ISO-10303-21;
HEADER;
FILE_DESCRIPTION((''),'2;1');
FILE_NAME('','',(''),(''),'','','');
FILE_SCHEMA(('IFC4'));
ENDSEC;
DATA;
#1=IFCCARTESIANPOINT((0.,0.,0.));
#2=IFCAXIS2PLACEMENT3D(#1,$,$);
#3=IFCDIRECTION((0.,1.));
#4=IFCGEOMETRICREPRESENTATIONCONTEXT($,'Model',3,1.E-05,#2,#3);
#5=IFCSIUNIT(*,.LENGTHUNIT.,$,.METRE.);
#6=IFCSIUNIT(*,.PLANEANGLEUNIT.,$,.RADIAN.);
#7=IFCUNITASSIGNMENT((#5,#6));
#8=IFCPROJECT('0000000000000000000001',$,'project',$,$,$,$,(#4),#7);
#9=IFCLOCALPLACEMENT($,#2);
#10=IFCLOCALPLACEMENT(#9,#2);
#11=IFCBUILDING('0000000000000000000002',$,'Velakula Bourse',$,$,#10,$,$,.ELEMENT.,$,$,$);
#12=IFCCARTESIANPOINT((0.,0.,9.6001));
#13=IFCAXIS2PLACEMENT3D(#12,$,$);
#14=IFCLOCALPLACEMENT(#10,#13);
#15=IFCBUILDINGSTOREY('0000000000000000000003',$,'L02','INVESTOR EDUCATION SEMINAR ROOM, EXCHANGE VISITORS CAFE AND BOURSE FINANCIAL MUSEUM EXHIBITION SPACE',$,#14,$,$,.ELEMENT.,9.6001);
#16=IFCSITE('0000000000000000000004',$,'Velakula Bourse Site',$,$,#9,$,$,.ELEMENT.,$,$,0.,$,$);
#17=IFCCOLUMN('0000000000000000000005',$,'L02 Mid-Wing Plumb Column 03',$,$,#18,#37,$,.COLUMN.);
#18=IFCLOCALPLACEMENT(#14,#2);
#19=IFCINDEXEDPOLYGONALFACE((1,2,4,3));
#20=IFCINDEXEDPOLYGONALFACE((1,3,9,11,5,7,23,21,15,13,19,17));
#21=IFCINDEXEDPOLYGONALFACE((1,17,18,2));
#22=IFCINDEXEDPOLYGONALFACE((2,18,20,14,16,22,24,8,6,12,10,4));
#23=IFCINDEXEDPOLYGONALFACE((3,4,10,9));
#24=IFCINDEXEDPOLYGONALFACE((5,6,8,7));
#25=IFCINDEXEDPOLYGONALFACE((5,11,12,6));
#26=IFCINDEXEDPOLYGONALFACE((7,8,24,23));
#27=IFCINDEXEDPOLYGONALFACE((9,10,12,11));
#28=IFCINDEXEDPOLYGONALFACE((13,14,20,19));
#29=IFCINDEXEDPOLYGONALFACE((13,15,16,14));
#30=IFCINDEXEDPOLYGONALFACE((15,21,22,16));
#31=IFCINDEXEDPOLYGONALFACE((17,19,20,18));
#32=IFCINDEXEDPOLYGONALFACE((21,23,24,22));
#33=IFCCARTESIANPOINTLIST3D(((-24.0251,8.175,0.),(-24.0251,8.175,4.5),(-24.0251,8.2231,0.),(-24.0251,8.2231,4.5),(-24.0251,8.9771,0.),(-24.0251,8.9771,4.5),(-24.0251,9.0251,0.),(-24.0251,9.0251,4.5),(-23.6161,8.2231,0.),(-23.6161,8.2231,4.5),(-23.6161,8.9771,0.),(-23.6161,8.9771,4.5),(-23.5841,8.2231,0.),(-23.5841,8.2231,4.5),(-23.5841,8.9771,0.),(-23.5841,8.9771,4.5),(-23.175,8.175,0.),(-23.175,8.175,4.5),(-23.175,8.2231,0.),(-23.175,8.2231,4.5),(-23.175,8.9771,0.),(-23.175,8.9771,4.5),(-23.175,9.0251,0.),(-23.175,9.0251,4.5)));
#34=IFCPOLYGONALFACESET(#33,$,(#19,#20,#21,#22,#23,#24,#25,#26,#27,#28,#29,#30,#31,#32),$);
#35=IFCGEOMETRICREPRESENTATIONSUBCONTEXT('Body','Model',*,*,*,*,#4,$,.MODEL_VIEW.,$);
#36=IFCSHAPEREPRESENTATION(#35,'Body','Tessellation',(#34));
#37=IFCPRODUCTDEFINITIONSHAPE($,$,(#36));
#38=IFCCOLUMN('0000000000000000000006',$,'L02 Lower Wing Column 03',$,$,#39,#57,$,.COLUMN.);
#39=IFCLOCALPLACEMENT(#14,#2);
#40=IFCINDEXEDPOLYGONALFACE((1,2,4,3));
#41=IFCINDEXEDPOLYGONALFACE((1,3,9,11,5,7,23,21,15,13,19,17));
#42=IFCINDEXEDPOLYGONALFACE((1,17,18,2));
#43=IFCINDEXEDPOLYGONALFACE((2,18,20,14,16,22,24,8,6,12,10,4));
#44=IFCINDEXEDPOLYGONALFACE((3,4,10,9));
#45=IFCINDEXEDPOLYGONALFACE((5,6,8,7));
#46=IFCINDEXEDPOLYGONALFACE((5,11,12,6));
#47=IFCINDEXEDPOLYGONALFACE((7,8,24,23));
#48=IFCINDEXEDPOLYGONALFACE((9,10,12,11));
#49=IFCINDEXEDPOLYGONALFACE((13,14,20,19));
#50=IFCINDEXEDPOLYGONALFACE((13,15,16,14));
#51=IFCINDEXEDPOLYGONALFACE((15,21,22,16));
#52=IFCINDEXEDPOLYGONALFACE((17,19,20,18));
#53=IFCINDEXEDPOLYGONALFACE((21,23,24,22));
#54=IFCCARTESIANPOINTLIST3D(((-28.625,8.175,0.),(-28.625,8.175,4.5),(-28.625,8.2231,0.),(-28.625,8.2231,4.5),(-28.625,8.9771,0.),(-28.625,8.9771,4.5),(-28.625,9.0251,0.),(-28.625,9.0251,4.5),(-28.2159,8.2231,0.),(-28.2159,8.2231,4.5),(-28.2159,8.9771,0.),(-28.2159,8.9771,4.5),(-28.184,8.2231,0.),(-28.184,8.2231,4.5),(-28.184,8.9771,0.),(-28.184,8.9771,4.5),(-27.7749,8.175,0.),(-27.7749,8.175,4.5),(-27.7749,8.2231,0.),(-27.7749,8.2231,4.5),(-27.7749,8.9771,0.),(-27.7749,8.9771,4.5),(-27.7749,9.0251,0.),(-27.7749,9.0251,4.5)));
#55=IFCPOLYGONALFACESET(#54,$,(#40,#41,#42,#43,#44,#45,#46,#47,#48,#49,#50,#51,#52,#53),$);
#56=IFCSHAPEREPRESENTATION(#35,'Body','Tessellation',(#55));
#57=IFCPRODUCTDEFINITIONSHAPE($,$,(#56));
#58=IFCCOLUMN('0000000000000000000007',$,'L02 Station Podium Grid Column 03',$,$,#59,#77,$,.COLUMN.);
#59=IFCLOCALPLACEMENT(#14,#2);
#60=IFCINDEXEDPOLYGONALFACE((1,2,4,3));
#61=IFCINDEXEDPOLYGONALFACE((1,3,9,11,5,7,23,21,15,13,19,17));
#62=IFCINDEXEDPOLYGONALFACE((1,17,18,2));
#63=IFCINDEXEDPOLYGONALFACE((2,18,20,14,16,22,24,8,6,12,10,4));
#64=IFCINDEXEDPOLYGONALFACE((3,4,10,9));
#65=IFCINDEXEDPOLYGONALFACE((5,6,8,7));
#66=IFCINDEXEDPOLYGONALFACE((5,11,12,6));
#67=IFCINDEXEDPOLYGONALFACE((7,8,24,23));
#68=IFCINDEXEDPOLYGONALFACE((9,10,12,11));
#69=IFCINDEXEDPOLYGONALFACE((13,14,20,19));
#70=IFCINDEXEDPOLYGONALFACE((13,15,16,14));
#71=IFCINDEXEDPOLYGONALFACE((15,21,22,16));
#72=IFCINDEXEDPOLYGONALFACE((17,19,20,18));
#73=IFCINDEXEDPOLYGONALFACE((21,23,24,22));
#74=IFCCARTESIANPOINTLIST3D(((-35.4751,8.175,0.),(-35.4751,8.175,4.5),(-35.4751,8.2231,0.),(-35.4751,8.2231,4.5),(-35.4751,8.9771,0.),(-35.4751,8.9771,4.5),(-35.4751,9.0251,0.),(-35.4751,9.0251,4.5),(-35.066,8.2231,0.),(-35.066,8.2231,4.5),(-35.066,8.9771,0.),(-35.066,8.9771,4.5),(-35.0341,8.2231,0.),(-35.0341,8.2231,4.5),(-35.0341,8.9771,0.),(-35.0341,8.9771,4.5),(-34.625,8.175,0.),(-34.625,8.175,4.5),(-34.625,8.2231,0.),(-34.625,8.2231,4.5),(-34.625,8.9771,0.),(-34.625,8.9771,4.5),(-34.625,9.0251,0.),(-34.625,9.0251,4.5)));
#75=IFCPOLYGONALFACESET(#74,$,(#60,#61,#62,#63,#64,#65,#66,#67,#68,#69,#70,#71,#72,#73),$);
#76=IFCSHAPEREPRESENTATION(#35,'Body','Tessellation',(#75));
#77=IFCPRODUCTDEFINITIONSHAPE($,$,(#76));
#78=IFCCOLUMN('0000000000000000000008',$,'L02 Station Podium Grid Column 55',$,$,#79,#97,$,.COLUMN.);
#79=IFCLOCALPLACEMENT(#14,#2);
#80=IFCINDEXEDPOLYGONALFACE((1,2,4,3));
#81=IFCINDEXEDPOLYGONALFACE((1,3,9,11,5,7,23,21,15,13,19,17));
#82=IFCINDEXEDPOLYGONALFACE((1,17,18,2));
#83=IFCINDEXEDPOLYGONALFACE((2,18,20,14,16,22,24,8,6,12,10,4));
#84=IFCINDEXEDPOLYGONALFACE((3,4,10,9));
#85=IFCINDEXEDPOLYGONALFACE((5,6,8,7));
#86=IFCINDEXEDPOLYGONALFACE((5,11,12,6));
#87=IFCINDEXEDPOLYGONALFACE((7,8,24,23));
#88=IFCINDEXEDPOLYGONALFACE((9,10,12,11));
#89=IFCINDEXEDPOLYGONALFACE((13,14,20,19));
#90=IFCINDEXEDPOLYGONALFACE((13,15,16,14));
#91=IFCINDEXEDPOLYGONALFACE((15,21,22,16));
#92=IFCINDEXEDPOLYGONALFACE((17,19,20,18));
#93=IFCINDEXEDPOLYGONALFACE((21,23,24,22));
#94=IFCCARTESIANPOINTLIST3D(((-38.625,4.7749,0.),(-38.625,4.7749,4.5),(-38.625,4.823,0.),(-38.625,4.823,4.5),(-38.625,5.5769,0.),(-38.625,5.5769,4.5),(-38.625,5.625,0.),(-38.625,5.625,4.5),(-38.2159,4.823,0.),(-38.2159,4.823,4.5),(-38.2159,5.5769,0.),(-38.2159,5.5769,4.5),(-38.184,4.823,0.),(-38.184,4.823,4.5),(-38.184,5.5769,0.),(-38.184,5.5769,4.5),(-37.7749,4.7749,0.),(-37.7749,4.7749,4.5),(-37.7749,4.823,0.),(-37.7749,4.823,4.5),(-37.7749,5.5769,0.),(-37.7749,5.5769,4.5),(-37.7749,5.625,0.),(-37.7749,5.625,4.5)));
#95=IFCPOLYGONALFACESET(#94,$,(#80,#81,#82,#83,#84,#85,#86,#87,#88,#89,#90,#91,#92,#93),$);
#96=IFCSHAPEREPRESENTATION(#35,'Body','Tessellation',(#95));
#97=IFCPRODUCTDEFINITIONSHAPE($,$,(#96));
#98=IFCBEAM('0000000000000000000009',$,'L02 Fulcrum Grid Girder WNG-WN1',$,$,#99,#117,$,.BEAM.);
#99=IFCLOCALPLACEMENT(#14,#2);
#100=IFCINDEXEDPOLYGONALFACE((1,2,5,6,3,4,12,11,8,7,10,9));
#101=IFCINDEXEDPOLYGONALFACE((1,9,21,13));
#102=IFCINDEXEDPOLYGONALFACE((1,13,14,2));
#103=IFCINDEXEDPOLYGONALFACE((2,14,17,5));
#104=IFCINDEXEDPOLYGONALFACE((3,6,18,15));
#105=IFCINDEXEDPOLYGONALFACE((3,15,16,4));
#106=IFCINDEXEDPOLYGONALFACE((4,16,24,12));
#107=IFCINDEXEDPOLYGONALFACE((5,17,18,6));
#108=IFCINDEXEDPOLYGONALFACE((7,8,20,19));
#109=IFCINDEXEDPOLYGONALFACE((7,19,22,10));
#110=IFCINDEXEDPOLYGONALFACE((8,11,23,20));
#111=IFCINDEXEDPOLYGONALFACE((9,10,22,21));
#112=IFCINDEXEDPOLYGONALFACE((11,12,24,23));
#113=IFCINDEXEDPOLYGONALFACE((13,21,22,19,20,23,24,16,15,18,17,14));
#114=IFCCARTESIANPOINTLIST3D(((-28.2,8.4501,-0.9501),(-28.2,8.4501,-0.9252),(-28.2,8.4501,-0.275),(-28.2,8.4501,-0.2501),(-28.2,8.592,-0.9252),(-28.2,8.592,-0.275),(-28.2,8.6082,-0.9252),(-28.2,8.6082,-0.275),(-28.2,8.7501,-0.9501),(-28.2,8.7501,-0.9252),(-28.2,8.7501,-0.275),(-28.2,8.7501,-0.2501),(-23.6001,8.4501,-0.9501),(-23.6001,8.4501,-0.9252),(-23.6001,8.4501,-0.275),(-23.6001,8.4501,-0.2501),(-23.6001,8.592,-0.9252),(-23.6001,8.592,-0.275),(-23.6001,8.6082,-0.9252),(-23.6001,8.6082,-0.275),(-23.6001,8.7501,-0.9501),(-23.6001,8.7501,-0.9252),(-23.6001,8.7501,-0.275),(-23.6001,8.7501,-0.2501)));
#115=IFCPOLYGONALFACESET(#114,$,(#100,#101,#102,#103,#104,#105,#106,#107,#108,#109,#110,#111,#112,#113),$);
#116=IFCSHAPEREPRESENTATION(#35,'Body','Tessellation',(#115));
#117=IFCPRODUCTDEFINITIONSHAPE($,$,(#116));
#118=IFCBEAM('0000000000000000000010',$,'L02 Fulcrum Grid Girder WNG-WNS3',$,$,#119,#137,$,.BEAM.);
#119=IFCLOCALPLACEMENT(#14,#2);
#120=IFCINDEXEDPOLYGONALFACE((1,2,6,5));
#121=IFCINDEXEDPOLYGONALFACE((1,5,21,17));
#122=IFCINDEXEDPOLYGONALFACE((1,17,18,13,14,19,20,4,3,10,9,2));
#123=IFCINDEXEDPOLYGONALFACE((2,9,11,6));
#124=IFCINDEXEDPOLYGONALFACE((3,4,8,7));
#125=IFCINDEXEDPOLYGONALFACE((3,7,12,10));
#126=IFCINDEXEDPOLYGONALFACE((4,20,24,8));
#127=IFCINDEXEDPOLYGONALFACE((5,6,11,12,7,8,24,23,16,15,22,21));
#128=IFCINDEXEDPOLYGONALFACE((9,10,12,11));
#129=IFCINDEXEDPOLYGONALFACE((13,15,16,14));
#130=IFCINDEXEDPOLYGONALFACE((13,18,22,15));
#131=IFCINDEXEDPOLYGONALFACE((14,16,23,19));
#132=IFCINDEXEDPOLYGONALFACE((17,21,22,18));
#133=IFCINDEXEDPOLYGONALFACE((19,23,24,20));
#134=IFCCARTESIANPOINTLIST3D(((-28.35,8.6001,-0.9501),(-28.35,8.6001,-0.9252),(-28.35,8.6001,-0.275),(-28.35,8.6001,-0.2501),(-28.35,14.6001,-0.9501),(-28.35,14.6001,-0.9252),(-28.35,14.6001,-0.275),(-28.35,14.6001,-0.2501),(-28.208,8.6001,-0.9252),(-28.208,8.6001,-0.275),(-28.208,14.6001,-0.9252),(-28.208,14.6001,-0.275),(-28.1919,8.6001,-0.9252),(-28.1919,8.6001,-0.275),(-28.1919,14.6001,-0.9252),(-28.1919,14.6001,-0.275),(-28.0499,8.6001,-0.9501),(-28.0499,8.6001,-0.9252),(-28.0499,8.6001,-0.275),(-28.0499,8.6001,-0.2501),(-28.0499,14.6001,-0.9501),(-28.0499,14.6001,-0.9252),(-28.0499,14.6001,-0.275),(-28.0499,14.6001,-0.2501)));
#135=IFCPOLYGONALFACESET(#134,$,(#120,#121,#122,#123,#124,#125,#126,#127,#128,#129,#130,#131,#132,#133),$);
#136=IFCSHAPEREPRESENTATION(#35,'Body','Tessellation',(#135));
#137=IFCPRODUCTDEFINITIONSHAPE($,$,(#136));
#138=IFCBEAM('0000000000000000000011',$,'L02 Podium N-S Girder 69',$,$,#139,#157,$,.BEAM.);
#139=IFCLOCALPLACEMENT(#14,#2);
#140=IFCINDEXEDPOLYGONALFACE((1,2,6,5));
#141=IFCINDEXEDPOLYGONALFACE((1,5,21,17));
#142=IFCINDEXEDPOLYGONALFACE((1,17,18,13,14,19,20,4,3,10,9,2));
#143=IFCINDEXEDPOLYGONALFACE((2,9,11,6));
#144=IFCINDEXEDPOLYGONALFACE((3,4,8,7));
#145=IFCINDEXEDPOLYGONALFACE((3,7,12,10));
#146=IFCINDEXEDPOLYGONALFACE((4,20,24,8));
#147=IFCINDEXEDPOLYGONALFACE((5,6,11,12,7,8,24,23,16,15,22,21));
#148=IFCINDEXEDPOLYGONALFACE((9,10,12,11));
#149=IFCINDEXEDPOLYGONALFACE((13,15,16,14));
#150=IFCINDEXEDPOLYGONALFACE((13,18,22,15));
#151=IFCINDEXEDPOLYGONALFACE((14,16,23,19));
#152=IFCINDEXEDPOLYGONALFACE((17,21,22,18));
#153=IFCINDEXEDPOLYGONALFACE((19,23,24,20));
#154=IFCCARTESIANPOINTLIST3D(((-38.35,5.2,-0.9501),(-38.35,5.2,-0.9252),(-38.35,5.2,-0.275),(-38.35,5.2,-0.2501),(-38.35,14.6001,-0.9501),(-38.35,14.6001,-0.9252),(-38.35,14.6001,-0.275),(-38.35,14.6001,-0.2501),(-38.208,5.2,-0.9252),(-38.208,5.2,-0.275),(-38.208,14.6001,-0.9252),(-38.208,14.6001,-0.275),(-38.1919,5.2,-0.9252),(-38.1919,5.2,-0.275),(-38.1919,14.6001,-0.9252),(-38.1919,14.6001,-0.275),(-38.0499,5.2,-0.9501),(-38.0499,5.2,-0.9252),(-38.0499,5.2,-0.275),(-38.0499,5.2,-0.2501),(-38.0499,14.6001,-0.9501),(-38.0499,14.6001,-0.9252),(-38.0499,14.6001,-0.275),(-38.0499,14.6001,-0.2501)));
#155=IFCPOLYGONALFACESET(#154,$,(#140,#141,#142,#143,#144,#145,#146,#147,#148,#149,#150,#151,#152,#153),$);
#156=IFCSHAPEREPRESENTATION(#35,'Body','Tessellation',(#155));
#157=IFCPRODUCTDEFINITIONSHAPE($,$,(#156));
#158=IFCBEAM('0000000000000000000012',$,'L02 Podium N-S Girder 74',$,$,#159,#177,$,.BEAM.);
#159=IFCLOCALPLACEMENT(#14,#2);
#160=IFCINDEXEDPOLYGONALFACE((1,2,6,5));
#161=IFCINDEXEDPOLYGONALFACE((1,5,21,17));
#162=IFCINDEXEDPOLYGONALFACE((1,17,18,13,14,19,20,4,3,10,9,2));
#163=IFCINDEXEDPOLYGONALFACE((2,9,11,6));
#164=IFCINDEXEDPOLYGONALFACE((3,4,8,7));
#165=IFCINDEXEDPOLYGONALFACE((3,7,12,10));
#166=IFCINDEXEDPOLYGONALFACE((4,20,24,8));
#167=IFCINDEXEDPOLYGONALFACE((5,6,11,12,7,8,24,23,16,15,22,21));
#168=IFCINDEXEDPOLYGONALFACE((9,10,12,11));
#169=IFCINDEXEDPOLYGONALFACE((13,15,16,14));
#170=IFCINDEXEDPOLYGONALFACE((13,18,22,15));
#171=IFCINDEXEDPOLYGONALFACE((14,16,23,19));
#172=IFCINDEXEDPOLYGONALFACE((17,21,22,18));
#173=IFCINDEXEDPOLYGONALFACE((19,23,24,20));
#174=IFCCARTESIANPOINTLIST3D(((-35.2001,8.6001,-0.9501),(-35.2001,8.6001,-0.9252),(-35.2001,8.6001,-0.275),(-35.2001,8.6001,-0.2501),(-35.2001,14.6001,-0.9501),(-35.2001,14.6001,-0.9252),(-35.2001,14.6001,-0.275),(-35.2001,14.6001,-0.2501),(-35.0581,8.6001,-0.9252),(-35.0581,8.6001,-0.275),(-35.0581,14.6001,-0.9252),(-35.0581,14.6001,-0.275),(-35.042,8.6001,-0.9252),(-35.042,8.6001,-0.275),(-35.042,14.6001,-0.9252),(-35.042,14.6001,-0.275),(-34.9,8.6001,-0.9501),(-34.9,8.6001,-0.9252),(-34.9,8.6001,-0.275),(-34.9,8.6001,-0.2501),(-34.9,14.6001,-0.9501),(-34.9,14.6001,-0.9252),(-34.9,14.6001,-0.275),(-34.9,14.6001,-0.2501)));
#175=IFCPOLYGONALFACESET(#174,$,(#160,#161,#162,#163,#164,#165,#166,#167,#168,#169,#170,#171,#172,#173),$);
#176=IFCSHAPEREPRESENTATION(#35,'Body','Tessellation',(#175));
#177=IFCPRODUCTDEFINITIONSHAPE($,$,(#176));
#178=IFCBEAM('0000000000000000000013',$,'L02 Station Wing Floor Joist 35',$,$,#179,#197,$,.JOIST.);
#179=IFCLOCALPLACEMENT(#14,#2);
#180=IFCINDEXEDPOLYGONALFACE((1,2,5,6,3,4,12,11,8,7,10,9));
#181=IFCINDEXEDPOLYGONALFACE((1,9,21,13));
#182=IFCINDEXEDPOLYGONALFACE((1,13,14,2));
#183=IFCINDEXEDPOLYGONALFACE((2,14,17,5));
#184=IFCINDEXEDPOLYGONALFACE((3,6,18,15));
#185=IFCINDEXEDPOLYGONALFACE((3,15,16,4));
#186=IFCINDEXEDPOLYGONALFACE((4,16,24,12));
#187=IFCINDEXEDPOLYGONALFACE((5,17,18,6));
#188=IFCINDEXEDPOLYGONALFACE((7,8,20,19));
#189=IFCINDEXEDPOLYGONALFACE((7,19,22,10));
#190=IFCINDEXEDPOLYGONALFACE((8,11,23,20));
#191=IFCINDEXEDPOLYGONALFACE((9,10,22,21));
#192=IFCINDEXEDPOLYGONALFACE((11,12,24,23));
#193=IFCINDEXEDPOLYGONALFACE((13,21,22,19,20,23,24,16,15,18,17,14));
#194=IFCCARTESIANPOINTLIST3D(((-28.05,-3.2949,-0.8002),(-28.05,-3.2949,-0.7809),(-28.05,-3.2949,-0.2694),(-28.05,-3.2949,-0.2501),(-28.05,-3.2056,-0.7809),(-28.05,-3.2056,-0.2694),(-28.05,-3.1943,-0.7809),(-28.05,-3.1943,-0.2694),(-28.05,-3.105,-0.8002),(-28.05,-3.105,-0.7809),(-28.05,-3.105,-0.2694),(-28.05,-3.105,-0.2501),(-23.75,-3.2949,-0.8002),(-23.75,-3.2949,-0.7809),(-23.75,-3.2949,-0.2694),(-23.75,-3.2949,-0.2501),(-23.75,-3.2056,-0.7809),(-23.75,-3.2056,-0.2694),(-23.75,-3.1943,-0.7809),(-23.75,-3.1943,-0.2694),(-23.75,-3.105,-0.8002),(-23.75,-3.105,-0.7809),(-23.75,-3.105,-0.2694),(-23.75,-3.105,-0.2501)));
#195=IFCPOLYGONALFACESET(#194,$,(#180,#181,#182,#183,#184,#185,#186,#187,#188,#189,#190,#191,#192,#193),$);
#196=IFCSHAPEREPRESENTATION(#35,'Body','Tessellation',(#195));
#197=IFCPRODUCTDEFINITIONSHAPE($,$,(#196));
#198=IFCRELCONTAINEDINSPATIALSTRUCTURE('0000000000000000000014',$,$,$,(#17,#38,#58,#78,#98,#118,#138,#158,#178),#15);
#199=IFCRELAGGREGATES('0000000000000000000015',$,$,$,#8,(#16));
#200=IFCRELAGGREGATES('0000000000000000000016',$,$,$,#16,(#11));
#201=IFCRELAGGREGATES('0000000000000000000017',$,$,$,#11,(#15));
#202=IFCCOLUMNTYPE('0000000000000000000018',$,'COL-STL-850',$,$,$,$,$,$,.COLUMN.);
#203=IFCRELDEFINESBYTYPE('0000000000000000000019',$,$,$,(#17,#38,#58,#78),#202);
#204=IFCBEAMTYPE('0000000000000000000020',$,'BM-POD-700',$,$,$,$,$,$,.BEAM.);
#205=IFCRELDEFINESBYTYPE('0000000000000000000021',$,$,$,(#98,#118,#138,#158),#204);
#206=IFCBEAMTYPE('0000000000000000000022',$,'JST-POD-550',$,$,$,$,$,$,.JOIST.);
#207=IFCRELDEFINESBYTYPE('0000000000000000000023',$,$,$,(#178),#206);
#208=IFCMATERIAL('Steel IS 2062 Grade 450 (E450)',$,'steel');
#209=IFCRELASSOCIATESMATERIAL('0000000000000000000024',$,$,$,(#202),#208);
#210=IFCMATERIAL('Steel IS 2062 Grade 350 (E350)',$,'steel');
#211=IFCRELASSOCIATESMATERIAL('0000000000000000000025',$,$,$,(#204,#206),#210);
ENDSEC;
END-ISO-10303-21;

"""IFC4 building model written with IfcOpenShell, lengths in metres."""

from ifc_helpers import new_model, si_unit, direction, frame, origin, origin_2d, place, context, subcontext, project, spatial, i_section, extrude, material, material_profile, profile_set, type_object, element, save


model = new_model("IFC4")

# Units and contexts
model_context = context("Model", 3, precision=1e-05, world=origin(), true_north=direction((0.0, 1.0)))
body_context = subcontext(model_context, "Body", "Model", "MODEL_VIEW")
ifc_project = project(units=[si_unit("LENGTHUNIT", "METRE"), si_unit("PLANEANGLEUNIT", "RADIAN")], contexts=[model_context])

# Site, building, storey
site_placement = place(None, origin())
site = spatial("IfcSite", under=ifc_project, at=site_placement, Name="Velakula Bourse Site", CompositionType="ELEMENT", RefElevation=0.0)
building_placement = place(site_placement, origin())
building = spatial("IfcBuilding", under=site, at=building_placement, Name="Velakula Bourse", CompositionType="ELEMENT")
storey_placement = place(building_placement, frame((0.0, 0.0, 9.6001)))
storey = spatial("IfcBuildingStorey", under=building, at=storey_placement, Name="L02", Description="INVESTOR EDUCATION SEMINAR ROOM, EXCHANGE VISITORS CAFE AND BOURSE FINANCIAL MUSEUM EXHIBITION SPACE", CompositionType="ELEMENT", Elevation=9.6001)

# Columns
ifc_material_1 = material(Name="Steel IS 2062 Grade 450 (E450)", Category="steel")
ifc_material_profile_1 = material_profile(ifc_material_1, i_section(OverallWidth=0.8501, OverallDepth=0.8501, WebThickness=0.032, FlangeThickness=0.0481, at=origin_2d()), Name="Steel IS 2062 Grade 450 (E450)")
ifc_profile_set_1 = profile_set([ifc_material_profile_1], Name="Steel IS 2062 Grade 450 (E450)")
column_type = type_object("IfcColumnType", Name="COL-STL-850", PredefinedType="COLUMN", material=ifc_profile_set_1)
for number, where, z_axis, x_axis, name in (
    (1, (-23.6001, 8.6001, 0.0), (0.0, 0.0, 1.0), (1.0, 0.0, 0.0), "L02 Mid-Wing Plumb Column 03"),
    (2, (-28.2, 8.6001, 0.0), (0.0, 0.0, 1.0), (1.0, 0.0, 0.0), "L02 Lower Wing Column 03"),
    (3, (-35.05, 8.6001, 0.0), (0.0, 0.0, 1.0), (1.0, 0.0, 0.0), "L02 Station Podium Grid Column 03"),
    (4, (-38.2, 5.2, 0.0), (0.0, 0.0, 1.0), (1.0, 0.0, 0.0), "L02 Station Podium Grid Column 55"),
):
    element("IfcColumn", number, at=place(storey_placement, frame(where, z_axis=z_axis, x_axis=x_axis)), inside=storey, type_object=column_type, Name=name, PredefinedType="COLUMN", context=body_context, shape_type="SweptSolid", body=[
        extrude(i_section(OverallWidth=0.8501, OverallDepth=0.8501, WebThickness=0.032, FlangeThickness=0.0481, at=origin_2d()), origin(), (0.0, 0.0, 1.0), 4.5),
    ])

# Beams
ifc_material_2 = material(Name="Steel IS 2062 Grade 350 (E350)", Category="steel")
ifc_material_profile_2 = material_profile(ifc_material_2, i_section(OverallWidth=0.3, OverallDepth=0.7, WebThickness=0.0161, FlangeThickness=0.0249, at=origin_2d()), Name="Steel IS 2062 Grade 350 (E350)")
ifc_profile_set_2 = profile_set([ifc_material_profile_2], Name="Steel IS 2062 Grade 350 (E350)")
beam_type_1 = type_object("IfcBeamType", Name="BM-POD-700", PredefinedType="BEAM", material=ifc_profile_set_2)
beam_1_placement = place(storey_placement, frame((-28.2, 8.6001, -0.6001), z_axis=(1.0, 0.0, 0.0), x_axis=(0.0, 1.0, 0.0)))
element("IfcBeam", 5, at=beam_1_placement, inside=storey, type_object=beam_type_1, Name="L02 Fulcrum Grid Girder WNG-WN1", PredefinedType="BEAM", context=body_context, shape_type="SweptSolid", body=[
    extrude(i_section(OverallWidth=0.3, OverallDepth=0.7, WebThickness=0.0161, FlangeThickness=0.0249, at=origin_2d()), origin(), (0.0, 0.0, 1.0), 4.5999),
])
beam_2_placement = place(storey_placement, frame((-28.2, 8.6001, -0.6001), z_axis=(0.0, 1.0, 0.0), x_axis=(-1.0, 0.0, 0.0)))
element("IfcBeam", 6, at=beam_2_placement, inside=storey, type_object=beam_type_1, Name="L02 Fulcrum Grid Girder WNG-WNS3", PredefinedType="BEAM", context=body_context, shape_type="SweptSolid", body=[
    extrude(i_section(OverallWidth=0.3, OverallDepth=0.7, WebThickness=0.0161, FlangeThickness=0.0249, at=origin_2d()), origin(), (0.0, 0.0, 1.0), 6.0),
])
beam_3_placement = place(storey_placement, frame((-38.2, 5.2, -0.6001), z_axis=(0.0, 1.0, 0.0), x_axis=(-1.0, 0.0, 0.0)))
element("IfcBeam", 7, at=beam_3_placement, inside=storey, type_object=beam_type_1, Name="L02 Podium N-S Girder 69", PredefinedType="BEAM", context=body_context, shape_type="SweptSolid", body=[
    extrude(i_section(OverallWidth=0.3, OverallDepth=0.7, WebThickness=0.0161, FlangeThickness=0.0249, at=origin_2d()), origin(), (0.0, 0.0, 1.0), 9.4001),
])
beam_4_placement = place(storey_placement, frame((-35.05, 8.6001, -0.6001), z_axis=(0.0, 1.0, 0.0), x_axis=(-1.0, 0.0, 0.0)))
element("IfcBeam", 8, at=beam_4_placement, inside=storey, type_object=beam_type_1, Name="L02 Podium N-S Girder 74", PredefinedType="BEAM", context=body_context, shape_type="SweptSolid", body=[
    extrude(i_section(OverallWidth=0.3, OverallDepth=0.7, WebThickness=0.0161, FlangeThickness=0.0249, at=origin_2d()), origin(), (0.0, 0.0, 1.0), 6.0),
])
ifc_material_profile_3 = material_profile(ifc_material_2, i_section(OverallWidth=0.1899, OverallDepth=0.55, WebThickness=0.0112, FlangeThickness=0.0193, at=origin_2d()), Name="Steel IS 2062 Grade 350 (E350)")
ifc_profile_set_3 = profile_set([ifc_material_profile_3], Name="Steel IS 2062 Grade 350 (E350)")
beam_type_2 = type_object("IfcBeamType", Name="JST-POD-550", PredefinedType="JOIST", material=ifc_profile_set_3)
beam_5_placement = place(storey_placement, frame((-28.05, -3.2, -0.5251), z_axis=(1.0, 0.0, 0.0), x_axis=(0.0, 1.0, 0.0)))
element("IfcBeam", 9, at=beam_5_placement, inside=storey, type_object=beam_type_2, Name="L02 Station Wing Floor Joist 35", PredefinedType="JOIST", context=body_context, shape_type="SweptSolid", body=[
    extrude(i_section(OverallWidth=0.1899, OverallDepth=0.55, WebThickness=0.0112, FlangeThickness=0.0193, at=origin_2d()), origin(), (0.0, 0.0, 1.0), 4.3),
])

save(model, "model.ifc")
